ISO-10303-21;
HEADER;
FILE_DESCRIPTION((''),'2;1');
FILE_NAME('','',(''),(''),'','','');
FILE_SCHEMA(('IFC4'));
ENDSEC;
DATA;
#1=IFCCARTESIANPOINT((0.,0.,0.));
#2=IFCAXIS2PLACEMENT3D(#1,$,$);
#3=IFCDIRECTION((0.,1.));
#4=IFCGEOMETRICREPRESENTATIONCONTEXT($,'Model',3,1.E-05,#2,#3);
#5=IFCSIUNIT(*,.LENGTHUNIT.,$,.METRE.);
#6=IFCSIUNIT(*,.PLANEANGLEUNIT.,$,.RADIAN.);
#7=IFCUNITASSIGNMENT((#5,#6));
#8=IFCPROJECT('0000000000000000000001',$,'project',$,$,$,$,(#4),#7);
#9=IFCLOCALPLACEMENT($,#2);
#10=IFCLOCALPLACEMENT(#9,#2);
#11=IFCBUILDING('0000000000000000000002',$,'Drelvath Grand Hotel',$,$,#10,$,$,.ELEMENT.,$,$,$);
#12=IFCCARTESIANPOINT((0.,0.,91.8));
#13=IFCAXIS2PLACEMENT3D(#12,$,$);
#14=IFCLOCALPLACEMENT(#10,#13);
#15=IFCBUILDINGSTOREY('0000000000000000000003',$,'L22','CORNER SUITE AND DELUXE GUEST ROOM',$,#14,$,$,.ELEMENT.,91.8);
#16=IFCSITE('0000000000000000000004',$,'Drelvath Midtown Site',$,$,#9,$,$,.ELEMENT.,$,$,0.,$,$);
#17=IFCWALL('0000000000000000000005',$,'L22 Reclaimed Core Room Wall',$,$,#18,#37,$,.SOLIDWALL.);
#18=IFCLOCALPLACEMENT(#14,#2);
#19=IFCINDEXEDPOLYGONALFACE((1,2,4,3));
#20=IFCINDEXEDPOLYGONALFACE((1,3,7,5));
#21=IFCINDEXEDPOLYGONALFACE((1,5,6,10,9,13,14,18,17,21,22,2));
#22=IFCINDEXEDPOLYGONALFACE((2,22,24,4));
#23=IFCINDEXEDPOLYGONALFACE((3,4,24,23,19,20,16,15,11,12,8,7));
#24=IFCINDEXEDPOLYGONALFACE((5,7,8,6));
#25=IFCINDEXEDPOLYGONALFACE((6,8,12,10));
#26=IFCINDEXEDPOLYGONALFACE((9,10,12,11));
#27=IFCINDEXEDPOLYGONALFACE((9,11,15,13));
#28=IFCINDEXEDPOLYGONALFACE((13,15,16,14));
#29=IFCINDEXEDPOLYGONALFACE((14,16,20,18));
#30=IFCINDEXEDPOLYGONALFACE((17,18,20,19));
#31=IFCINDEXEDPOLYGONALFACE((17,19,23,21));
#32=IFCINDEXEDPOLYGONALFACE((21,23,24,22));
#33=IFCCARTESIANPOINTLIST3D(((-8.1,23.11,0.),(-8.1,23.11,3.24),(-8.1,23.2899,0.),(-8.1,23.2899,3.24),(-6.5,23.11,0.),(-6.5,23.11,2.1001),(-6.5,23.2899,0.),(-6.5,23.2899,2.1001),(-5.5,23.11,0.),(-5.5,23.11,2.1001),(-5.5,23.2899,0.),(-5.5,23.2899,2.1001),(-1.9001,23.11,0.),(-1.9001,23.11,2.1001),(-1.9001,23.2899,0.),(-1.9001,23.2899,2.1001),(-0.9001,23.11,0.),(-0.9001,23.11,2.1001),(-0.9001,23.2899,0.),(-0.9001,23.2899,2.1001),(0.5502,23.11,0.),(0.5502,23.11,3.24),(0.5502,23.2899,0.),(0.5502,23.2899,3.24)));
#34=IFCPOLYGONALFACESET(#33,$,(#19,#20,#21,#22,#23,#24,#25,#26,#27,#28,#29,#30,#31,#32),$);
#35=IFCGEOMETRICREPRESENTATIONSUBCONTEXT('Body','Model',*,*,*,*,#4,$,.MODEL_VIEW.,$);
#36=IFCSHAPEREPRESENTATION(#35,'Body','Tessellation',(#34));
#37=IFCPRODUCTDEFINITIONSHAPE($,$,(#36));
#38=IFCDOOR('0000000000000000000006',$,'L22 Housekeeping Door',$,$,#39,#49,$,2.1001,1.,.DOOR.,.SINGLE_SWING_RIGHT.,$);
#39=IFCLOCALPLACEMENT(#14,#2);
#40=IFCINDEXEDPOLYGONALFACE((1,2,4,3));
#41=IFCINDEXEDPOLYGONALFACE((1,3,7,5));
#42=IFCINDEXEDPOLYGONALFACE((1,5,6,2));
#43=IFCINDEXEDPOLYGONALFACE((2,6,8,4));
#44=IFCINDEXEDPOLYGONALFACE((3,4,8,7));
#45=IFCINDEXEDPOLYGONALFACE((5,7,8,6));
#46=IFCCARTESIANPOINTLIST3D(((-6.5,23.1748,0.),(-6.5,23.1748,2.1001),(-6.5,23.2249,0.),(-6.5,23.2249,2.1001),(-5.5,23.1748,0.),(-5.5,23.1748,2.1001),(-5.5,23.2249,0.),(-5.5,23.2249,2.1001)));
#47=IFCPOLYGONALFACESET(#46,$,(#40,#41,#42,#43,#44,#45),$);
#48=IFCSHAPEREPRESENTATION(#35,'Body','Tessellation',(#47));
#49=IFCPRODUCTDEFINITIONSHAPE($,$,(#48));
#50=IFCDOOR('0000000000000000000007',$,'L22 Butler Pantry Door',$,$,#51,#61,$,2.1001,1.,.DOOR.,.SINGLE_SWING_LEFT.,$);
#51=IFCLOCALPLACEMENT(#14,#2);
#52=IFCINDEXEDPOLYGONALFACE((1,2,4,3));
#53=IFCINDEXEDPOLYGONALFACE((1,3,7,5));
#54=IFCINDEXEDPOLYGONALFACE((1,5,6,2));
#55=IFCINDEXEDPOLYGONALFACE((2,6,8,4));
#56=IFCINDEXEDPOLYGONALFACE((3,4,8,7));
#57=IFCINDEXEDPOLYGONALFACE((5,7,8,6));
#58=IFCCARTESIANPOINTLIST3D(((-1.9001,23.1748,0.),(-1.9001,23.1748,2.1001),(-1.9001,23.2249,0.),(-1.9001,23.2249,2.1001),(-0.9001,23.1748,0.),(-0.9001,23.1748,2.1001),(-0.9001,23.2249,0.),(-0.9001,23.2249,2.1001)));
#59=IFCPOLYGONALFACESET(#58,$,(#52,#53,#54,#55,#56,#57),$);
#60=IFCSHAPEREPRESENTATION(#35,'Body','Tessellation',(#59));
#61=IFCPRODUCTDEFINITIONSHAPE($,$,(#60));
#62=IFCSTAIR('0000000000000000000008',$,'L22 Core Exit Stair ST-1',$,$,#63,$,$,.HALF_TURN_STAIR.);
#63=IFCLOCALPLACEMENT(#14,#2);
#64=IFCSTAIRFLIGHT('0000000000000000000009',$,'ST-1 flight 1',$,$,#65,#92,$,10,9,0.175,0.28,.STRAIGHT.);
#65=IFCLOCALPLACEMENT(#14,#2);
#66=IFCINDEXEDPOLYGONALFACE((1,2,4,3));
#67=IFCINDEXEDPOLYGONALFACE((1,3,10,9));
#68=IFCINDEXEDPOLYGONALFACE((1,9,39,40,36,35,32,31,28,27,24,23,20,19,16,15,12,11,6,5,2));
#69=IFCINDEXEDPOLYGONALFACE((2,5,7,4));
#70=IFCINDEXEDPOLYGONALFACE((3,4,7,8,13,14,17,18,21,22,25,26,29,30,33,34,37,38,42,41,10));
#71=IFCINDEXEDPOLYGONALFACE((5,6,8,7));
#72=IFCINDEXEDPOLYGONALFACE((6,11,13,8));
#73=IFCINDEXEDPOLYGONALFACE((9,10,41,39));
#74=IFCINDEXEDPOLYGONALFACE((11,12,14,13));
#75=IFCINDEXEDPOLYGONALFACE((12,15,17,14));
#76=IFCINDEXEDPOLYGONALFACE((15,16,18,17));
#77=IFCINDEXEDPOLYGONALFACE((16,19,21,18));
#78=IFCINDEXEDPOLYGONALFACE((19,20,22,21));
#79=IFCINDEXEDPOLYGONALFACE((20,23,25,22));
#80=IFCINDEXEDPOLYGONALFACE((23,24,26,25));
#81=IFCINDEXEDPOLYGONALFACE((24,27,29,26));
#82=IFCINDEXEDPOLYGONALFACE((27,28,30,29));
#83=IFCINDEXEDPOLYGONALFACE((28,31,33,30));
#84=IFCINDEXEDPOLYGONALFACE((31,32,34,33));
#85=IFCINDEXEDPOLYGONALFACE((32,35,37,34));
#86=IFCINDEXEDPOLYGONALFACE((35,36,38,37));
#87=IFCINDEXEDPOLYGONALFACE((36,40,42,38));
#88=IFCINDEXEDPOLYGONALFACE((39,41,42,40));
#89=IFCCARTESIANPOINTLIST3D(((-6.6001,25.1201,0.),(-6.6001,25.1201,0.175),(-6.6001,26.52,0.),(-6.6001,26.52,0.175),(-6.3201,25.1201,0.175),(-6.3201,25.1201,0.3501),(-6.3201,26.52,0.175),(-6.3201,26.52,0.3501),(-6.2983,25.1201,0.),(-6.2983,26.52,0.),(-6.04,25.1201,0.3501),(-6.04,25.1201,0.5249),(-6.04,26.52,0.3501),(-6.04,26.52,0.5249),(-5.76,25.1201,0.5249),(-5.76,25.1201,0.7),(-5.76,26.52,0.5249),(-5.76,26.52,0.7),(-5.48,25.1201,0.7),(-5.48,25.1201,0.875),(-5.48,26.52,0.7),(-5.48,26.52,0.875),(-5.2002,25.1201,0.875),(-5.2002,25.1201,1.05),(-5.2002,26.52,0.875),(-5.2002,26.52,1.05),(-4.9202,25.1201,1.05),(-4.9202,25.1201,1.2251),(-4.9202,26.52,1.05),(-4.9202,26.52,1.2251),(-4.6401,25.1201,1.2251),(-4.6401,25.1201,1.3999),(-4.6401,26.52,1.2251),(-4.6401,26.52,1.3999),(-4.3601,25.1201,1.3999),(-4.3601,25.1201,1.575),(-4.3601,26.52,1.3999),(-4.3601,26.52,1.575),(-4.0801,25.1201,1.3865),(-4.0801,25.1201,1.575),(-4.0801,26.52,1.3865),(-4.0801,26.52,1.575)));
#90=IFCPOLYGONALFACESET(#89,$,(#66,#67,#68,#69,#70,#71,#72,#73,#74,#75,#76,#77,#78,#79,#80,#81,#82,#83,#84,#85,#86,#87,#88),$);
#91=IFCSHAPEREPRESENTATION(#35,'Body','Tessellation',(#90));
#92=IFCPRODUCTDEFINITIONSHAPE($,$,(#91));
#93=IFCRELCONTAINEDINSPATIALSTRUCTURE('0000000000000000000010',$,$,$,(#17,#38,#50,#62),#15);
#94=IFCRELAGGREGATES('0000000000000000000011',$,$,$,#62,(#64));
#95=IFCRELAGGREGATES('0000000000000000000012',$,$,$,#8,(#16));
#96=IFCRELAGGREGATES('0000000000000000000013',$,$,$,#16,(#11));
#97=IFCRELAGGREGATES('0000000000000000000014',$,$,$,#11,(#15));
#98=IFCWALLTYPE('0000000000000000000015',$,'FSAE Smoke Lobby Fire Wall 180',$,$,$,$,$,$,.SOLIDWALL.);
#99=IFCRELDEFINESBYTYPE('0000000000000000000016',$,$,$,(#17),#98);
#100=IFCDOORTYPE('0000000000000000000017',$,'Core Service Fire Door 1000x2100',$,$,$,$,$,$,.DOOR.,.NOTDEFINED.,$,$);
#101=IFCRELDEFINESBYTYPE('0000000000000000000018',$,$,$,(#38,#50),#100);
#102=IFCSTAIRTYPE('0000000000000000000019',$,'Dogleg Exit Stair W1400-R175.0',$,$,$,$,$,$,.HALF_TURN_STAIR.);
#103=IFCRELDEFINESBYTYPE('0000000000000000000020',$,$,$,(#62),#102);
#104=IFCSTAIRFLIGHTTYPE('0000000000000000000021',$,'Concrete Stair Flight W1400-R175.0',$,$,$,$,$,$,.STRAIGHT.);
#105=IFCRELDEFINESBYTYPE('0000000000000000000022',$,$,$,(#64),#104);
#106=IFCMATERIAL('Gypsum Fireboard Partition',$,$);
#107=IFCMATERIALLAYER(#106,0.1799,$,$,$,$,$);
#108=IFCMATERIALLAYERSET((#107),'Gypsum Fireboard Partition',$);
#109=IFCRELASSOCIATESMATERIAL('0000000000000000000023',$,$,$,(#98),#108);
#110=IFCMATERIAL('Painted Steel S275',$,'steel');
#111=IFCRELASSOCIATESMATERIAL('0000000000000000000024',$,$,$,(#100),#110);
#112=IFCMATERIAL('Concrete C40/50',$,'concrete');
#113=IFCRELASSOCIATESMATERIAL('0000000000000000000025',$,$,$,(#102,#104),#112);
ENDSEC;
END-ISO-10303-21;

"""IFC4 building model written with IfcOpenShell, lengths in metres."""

from ifc_helpers import new_model, si_unit, direction, frame, frame_2d, origin, place, context, subcontext, project, spatial, polyline, rectangle, outline, extrude, material, layer, layer_set, type_object, element, fill, aggregate, save


model = new_model("IFC4")

# Units and contexts
model_context = context("Model", 3, precision=1e-05, world=origin(), true_north=direction((0.0, 1.0)))
body_context = subcontext(model_context, "Body", "Model", "MODEL_VIEW")
ifc_project = project(units=[si_unit("LENGTHUNIT", "METRE"), si_unit("PLANEANGLEUNIT", "RADIAN")], contexts=[model_context])

# Site, building, storey
site_placement = place(None, origin())
site = spatial("IfcSite", under=ifc_project, at=site_placement, Name="Drelvath Midtown Site", CompositionType="ELEMENT", RefElevation=0.0)
building_placement = place(site_placement, origin())
building = spatial("IfcBuilding", under=site, at=building_placement, Name="Drelvath Grand Hotel", CompositionType="ELEMENT")
storey_placement = place(building_placement, frame((0.0, 0.0, 91.8)))
storey = spatial("IfcBuildingStorey", under=building, at=storey_placement, Name="L22", Description="CORNER SUITE AND DELUXE GUEST ROOM", CompositionType="ELEMENT", Elevation=91.8)

# Shared definitions
ifc_material_1 = material(Name="Concrete C40/50", Category="concrete")
ifc_material_2 = material(Name="Painted Steel S275", Category="steel")

# Wall, openings, doors
ifc_material_3 = material(Name="Gypsum Fireboard Partition")
ifc_layer_1 = layer(ifc_material_3, 0.1799)
ifc_layer_set_1 = layer_set([ifc_layer_1], Name="Gypsum Fireboard Partition")
wall_type_1 = type_object("IfcWallType", Name="FSAE Smoke Lobby Fire Wall 180", PredefinedType="SOLIDWALL", material=ifc_layer_set_1)
wall_1_placement = place(storey_placement, frame((-8.1001, 23.2, 0.0), z_axis=(0.0, 0.0, 1.0), x_axis=(1.0, 0.0, 0.0)))
wall_1 = element("IfcWall", 1, at=wall_1_placement, inside=storey, type_object=wall_type_1, Name="L22 Reclaimed Core Room Wall", PredefinedType="SOLIDWALL", context=body_context, shape_type="SweptSolid", body=[
    extrude(rectangle(XDim=8.6501, YDim=0.1799, at=frame_2d((4.3252, 0.0))), origin(), (0.0, 0.0, 1.0), 3.24),
])
opening_1_placement = place(wall_1_placement, frame((1.6001, 0.0, 0.0)))
opening_1 = element("IfcOpeningElement", 2, at=opening_1_placement, cuts=wall_1, PredefinedType="OPENING", context=body_context, shape_type="SweptSolid", body=[
    extrude(rectangle(XDim=1.0, YDim=2.1001, at=frame_2d((0.5, 1.05))), frame((0.0, 0.0999, 0.0), z_axis=(0.0, -1.0, 0.0), x_axis=(1.0, 0.0, 0.0)), (0.0, 0.0, 1.0), 0.2),
])
opening_2_placement = place(wall_1_placement, frame((6.2, 0.0, 0.0)))
opening_2 = element("IfcOpeningElement", 3, at=opening_2_placement, cuts=wall_1, PredefinedType="OPENING", context=body_context, shape_type="SweptSolid", body=[
    extrude(rectangle(XDim=1.0, YDim=2.1001, at=frame_2d((0.5, 1.05))), frame((0.0, 0.0999, 0.0), z_axis=(0.0, -1.0, 0.0), x_axis=(1.0, 0.0, 0.0)), (0.0, 0.0, 1.0), 0.2),
])
door_type_1 = type_object("IfcDoorType", Name="Core Service Fire Door 1000x2100", OperationType="NOTDEFINED", PredefinedType="DOOR", material=ifc_material_2)
door_1_placement = place(opening_1_placement, origin())
door_1 = element("IfcDoor", 4, at=door_1_placement, inside=storey, type_object=door_type_1, Name="L22 Housekeeping Door", OperationType="SINGLE_SWING_RIGHT", OverallHeight=2.1001, OverallWidth=1.0, PredefinedType="DOOR", context=body_context, shape_type="SweptSolid", body=[
    extrude(rectangle(XDim=1.0, YDim=2.1001, at=frame_2d((0.5, 1.05))), frame((0.0, 0.0249, 0.0), z_axis=(0.0, -1.0, 0.0), x_axis=(1.0, 0.0, 0.0)), (0.0, 0.0, 1.0), 0.05),
])
fill(opening_1, door_1)
door_2_placement = place(opening_2_placement, origin())
door_2 = element("IfcDoor", 5, at=door_2_placement, inside=storey, type_object=door_type_1, Name="L22 Butler Pantry Door", OperationType="SINGLE_SWING_LEFT", OverallHeight=2.1001, OverallWidth=1.0, PredefinedType="DOOR", context=body_context, shape_type="SweptSolid", body=[
    extrude(rectangle(XDim=1.0, YDim=2.1001, at=frame_2d((0.5, 1.05))), frame((0.0, 0.0249, 0.0), z_axis=(0.0, -1.0, 0.0), x_axis=(1.0, 0.0, 0.0)), (0.0, 0.0, 1.0), 0.05),
])
fill(opening_2, door_2)

# Stair, stair flight
stair_type = type_object("IfcStairType", Name="Dogleg Exit Stair W1400-R175.0", PredefinedType="HALF_TURN_STAIR", material=ifc_material_1)
stair_placement = place(storey_placement, origin())
stair = element("IfcStair", 6, at=stair_placement, inside=storey, type_object=stair_type, Name="L22 Core Exit Stair ST-1", PredefinedType="HALF_TURN_STAIR")
stair_flight_type = type_object("IfcStairFlightType", Name="Concrete Stair Flight W1400-R175.0", PredefinedType="STRAIGHT", material=ifc_material_1)
stair_flight_placement = place(storey_placement, frame((-6.6001, 25.8201, 0.0), z_axis=(0.0, 0.0, 1.0), x_axis=(1.0, 0.0, 0.0)))
stair_flight = element("IfcStairFlight", 7, at=stair_flight_placement, type_object=stair_flight_type, Name="ST-1 flight 1", NumberOfRisers=10, NumberOfTreads=9, PredefinedType="STRAIGHT", RiserHeight=0.175, TreadLength=0.28, context=body_context, shape_type="SweptSolid", body=[
    extrude(outline(polyline([(0.0, 0.0), (0.0, 0.175), (0.28, 0.175), (0.28, 0.3501), (0.5601, 0.3501), (0.5601, 0.5249), (0.8401, 0.5249), (0.8401, 0.7), (1.1201, 0.7), (1.1201, 0.875), (1.3999, 0.875), (1.3999, 1.05), (1.6799, 1.05), (1.6799, 1.2251), (1.96, 1.2251), (1.96, 1.3999), (2.24, 1.3999), (2.24, 1.575), (2.52, 1.575), (2.52, 1.75), (2.52, 1.3865), (0.3018, 0.0), (0.0, 0.0)])), frame((0.0, 0.7, 0.0), z_axis=(0.0, -1.0, 0.0), x_axis=(1.0, 0.0, 0.0)), (0.0, 0.0, 1.0), 1.3999),
])
aggregate(stair, [stair_flight])

save(model, "model.ifc")
